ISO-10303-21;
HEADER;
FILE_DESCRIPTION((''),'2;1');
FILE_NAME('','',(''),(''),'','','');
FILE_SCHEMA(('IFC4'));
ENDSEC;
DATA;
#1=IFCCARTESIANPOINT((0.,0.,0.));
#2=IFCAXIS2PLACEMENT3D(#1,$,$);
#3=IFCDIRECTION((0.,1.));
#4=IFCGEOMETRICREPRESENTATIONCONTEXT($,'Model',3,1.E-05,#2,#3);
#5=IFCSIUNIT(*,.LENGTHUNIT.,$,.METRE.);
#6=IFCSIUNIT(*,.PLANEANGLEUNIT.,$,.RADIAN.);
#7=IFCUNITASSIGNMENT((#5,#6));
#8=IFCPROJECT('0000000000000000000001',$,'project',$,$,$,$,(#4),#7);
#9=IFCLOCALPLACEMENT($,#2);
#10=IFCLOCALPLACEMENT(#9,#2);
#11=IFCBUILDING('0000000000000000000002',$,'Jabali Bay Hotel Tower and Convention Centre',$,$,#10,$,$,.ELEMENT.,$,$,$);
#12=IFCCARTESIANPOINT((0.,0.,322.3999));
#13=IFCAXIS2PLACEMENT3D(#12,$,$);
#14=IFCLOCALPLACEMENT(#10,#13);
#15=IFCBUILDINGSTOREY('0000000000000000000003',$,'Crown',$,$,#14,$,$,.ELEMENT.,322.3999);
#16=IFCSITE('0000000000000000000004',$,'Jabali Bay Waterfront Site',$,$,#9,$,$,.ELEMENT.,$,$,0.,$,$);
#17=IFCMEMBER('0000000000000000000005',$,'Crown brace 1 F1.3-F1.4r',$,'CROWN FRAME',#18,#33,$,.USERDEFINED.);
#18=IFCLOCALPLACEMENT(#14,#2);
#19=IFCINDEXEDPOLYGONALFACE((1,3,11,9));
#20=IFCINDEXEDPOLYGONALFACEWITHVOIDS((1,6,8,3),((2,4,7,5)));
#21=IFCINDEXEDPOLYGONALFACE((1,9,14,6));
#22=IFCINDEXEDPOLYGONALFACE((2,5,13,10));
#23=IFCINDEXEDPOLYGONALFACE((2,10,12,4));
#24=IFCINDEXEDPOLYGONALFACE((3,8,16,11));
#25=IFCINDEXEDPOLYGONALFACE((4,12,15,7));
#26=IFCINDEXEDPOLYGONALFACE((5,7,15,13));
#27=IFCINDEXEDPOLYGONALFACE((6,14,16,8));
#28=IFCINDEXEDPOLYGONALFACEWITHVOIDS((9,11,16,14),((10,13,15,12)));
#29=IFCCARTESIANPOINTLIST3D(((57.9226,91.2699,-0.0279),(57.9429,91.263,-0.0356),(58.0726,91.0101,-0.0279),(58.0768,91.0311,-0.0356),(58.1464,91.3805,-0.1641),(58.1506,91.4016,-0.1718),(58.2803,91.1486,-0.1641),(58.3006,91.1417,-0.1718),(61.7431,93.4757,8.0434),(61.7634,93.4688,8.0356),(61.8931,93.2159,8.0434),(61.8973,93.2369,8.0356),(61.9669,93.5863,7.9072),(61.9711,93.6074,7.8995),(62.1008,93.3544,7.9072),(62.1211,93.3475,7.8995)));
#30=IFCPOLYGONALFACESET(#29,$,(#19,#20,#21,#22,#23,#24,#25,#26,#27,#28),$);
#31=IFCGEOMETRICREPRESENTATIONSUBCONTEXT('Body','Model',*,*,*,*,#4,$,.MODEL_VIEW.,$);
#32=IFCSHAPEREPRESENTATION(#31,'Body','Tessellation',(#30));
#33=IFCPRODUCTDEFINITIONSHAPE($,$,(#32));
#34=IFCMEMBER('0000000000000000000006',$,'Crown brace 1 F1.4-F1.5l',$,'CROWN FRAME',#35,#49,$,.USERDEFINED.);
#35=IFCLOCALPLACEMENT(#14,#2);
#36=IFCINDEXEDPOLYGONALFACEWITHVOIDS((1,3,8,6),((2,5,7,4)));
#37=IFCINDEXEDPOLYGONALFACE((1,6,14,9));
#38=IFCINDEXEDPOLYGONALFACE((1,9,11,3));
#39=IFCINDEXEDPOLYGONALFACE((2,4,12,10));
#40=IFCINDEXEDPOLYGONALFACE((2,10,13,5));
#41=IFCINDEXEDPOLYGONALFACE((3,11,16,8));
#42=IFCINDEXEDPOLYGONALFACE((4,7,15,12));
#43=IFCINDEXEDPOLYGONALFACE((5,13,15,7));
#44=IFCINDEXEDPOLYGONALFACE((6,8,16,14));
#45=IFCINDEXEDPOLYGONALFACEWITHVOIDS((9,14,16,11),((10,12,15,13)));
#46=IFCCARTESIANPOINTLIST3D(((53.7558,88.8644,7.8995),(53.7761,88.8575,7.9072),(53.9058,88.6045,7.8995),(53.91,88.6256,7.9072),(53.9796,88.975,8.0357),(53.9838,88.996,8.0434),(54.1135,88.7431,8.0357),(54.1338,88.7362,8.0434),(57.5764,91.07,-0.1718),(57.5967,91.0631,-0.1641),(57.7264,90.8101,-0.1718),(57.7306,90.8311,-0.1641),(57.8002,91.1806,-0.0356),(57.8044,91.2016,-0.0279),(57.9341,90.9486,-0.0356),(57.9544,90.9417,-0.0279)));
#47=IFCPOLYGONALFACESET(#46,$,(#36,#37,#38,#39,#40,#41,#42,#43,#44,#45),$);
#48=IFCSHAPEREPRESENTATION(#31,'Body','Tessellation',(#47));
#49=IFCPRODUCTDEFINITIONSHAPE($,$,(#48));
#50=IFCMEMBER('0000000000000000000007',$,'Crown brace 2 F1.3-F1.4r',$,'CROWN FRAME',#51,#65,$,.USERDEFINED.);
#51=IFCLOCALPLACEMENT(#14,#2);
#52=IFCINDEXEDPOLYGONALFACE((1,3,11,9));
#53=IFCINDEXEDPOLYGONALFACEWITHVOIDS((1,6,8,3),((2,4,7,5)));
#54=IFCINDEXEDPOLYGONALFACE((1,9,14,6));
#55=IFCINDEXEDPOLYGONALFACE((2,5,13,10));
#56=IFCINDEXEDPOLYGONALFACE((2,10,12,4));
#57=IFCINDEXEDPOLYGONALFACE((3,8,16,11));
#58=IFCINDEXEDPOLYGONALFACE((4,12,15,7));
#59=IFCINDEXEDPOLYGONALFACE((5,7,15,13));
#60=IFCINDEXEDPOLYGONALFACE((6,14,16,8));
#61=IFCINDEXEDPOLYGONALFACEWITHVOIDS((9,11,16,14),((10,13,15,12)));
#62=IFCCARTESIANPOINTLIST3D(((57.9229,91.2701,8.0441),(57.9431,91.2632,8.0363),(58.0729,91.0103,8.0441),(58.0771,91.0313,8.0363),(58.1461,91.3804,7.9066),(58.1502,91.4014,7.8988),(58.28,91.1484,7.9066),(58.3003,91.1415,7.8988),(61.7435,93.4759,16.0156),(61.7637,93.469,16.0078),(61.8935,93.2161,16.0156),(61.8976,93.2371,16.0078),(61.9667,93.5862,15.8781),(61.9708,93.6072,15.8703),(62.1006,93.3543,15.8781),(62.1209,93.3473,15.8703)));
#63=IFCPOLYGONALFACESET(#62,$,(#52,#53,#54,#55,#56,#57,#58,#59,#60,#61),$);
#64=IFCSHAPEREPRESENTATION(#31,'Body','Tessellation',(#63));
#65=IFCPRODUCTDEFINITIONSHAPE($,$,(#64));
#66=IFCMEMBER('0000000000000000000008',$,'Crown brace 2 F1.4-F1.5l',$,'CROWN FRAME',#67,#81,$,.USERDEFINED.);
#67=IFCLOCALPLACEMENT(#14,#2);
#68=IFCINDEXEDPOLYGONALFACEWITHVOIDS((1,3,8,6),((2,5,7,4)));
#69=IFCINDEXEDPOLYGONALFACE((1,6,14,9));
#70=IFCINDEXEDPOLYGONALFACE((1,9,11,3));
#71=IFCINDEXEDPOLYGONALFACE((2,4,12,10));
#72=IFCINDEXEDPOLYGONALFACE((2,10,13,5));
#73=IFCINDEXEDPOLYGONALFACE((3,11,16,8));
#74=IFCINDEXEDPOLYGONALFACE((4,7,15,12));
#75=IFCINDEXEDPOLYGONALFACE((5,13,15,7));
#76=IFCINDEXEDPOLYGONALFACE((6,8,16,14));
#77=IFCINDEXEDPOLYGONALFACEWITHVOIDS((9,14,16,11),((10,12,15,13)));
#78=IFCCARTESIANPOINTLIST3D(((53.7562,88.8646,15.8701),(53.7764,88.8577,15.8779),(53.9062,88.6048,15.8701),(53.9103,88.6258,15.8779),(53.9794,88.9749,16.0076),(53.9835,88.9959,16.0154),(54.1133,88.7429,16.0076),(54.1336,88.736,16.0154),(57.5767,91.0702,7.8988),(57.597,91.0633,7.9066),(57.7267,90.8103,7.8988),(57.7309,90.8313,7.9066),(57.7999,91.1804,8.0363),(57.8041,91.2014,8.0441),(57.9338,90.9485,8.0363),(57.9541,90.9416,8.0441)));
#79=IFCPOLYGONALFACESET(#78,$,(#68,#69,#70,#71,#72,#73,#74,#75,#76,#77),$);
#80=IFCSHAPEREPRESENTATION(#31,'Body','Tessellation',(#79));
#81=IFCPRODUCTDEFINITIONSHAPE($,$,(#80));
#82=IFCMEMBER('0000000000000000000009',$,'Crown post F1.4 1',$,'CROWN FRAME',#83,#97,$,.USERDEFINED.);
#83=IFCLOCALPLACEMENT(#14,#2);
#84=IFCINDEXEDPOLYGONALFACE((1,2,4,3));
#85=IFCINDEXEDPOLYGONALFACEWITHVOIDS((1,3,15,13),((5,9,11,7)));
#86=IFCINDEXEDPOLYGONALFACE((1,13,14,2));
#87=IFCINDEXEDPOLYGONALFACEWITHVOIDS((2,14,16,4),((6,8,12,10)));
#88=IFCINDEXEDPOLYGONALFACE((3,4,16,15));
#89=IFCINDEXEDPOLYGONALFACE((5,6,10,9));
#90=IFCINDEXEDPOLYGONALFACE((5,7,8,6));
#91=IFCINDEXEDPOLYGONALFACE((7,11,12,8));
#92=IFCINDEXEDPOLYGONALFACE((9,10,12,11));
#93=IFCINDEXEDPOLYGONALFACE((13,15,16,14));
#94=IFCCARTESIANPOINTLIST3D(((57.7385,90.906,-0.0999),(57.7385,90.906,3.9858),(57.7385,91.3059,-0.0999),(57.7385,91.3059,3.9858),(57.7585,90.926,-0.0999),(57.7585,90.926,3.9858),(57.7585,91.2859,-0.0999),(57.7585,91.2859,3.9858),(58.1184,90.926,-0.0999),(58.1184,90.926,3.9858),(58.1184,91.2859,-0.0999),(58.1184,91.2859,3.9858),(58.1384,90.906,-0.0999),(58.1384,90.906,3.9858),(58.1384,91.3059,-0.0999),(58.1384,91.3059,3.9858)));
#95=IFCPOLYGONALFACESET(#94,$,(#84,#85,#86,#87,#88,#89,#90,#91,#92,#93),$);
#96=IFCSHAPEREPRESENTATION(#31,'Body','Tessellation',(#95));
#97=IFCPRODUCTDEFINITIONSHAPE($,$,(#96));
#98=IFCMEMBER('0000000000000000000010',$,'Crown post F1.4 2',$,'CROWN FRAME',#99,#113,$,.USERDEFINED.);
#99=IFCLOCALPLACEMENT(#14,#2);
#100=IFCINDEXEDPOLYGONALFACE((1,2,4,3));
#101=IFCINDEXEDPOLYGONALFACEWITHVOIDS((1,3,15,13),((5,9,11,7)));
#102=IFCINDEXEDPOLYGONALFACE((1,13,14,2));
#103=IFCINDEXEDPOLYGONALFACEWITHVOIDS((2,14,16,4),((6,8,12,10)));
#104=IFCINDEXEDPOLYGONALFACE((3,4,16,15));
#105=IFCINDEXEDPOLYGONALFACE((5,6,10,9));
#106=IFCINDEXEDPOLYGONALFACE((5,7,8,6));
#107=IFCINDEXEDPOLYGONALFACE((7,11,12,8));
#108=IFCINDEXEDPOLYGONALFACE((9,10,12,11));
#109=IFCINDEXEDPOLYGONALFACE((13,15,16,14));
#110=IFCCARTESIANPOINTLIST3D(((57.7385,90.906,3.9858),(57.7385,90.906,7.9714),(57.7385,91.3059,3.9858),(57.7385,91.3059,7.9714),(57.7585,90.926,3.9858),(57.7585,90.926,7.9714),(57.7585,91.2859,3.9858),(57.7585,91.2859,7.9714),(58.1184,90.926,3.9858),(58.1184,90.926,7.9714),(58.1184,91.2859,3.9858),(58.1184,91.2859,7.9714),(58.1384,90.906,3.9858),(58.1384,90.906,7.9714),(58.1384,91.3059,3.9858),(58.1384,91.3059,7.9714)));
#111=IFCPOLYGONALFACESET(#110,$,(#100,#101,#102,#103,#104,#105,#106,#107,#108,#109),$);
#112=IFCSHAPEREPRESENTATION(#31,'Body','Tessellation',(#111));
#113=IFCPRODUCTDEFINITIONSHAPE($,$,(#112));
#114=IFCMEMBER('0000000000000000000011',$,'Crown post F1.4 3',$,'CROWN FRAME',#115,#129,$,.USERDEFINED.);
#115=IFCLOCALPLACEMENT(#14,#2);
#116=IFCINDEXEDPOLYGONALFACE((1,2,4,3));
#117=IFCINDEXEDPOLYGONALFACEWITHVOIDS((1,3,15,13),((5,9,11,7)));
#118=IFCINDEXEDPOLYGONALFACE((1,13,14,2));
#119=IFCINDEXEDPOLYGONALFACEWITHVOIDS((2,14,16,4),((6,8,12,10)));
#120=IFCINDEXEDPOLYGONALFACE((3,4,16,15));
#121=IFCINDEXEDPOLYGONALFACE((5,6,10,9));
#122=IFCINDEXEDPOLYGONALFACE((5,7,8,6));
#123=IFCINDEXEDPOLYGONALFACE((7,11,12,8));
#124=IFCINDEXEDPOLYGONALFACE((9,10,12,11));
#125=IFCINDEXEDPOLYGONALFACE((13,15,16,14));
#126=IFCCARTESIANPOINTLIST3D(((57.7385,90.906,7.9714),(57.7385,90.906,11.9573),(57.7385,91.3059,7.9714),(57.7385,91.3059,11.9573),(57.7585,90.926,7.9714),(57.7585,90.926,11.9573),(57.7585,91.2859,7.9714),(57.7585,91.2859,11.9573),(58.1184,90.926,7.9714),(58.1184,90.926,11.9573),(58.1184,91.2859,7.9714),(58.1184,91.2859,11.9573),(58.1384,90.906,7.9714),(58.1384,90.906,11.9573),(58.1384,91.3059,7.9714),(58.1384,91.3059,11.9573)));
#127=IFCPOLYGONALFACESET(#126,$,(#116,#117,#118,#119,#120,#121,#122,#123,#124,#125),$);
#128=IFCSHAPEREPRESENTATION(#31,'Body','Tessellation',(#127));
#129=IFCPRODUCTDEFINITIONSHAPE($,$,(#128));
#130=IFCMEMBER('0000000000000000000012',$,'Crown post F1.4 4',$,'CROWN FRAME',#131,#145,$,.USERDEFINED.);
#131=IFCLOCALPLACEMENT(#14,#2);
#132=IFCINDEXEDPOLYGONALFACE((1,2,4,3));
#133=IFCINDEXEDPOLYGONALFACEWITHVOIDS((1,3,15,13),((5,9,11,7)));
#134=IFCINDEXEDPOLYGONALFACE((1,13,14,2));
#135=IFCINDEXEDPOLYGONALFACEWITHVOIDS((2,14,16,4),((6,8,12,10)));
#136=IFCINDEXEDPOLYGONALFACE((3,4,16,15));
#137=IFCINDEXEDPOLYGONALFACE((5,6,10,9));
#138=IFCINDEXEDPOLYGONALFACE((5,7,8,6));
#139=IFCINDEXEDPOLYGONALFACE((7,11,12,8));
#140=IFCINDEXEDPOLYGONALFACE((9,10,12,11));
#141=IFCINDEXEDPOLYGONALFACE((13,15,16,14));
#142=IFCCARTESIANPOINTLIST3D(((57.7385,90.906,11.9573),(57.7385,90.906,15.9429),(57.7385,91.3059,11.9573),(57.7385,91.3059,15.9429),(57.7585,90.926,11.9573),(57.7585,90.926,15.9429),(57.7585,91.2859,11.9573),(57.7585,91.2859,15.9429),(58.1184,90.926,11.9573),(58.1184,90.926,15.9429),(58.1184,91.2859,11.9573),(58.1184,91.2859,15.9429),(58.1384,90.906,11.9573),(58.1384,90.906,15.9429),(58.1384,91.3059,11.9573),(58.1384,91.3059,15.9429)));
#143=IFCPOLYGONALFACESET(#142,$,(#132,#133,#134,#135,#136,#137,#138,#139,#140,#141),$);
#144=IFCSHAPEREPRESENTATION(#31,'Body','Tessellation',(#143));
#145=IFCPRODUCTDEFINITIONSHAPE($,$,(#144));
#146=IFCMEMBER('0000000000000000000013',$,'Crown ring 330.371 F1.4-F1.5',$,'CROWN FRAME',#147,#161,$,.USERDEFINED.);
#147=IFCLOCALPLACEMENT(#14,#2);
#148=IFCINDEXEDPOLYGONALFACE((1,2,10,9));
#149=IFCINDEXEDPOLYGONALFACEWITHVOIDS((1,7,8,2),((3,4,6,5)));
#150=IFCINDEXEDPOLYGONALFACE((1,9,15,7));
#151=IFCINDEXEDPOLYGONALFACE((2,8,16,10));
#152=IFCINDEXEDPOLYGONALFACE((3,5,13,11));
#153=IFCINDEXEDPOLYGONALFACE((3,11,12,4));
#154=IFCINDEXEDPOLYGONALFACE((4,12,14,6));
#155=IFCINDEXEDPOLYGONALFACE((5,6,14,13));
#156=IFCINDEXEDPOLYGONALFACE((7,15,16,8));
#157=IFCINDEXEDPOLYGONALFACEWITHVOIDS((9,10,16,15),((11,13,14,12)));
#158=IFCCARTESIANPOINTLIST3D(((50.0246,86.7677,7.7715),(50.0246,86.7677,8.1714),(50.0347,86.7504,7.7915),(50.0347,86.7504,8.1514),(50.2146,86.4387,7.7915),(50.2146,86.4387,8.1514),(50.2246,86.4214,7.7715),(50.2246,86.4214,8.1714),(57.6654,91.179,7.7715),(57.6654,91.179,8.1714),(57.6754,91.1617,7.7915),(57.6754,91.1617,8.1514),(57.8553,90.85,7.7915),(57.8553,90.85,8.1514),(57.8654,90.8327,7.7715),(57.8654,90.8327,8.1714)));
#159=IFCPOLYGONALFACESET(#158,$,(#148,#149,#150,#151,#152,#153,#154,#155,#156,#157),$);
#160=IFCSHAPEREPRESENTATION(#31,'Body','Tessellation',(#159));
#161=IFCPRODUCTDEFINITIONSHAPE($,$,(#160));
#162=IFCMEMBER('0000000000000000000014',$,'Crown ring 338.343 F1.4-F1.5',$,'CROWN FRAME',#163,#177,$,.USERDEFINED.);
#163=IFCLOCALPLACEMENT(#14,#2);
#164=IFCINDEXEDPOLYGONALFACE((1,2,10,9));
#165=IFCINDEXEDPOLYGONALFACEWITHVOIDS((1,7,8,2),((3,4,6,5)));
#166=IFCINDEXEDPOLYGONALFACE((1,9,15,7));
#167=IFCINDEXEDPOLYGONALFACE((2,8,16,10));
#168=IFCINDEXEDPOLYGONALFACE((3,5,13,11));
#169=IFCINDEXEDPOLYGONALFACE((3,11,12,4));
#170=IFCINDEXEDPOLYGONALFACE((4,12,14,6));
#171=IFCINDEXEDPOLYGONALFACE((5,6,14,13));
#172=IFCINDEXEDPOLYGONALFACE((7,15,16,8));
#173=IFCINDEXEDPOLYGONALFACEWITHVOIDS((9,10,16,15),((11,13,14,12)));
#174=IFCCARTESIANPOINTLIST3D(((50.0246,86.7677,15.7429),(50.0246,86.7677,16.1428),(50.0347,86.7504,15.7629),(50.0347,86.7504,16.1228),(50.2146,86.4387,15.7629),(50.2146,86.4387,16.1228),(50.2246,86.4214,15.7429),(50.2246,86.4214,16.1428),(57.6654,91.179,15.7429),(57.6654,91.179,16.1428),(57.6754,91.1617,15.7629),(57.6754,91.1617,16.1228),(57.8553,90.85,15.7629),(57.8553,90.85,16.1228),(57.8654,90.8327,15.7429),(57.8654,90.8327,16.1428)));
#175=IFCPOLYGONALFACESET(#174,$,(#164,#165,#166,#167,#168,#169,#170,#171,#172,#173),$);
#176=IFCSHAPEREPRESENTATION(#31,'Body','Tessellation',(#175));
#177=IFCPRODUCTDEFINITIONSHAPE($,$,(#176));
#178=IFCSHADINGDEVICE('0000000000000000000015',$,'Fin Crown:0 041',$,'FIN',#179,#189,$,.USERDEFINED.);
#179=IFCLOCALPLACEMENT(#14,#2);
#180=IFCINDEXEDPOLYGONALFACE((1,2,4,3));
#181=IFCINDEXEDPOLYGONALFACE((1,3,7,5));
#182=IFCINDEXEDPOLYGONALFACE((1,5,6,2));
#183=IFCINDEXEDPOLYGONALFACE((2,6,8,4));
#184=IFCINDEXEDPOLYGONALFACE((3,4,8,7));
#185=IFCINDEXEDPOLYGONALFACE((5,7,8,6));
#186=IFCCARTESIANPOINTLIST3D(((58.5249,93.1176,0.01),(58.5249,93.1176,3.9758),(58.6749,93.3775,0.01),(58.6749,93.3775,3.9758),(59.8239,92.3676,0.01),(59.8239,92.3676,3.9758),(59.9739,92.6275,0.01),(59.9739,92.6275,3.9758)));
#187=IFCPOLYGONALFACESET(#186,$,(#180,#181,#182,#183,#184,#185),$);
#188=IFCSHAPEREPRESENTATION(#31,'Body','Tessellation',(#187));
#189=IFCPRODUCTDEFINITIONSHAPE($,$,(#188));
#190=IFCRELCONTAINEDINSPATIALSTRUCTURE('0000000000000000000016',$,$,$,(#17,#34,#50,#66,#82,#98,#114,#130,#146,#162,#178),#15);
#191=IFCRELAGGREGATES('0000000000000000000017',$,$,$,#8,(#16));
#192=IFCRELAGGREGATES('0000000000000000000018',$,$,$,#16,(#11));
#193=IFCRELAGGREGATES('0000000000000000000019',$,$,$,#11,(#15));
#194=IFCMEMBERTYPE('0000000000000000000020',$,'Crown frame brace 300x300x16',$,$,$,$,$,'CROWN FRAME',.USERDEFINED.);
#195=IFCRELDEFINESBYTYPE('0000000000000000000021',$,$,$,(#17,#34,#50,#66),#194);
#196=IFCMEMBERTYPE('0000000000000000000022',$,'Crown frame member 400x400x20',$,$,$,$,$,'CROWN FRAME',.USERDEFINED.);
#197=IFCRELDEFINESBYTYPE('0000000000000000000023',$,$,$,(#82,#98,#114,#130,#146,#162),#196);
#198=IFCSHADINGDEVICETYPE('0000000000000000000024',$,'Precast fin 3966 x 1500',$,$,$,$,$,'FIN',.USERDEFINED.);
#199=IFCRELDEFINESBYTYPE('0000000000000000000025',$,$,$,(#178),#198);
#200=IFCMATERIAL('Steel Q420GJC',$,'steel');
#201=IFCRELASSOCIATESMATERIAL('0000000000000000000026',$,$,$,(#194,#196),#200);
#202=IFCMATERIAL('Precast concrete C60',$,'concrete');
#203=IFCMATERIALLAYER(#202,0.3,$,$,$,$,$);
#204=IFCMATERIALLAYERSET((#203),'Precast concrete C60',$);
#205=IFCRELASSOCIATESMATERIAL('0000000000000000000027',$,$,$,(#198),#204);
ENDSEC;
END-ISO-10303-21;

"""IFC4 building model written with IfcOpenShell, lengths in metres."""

from ifc_helpers import new_model, si_unit, direction, frame, frame_2d, origin, origin_2d, place, context, subcontext, project, spatial, rectangle, hollow_rectangle, extrude, material, layer, layer_set, material_profile, profile_set, type_object, element, save


model = new_model("IFC4")

# Units and contexts
model_context = context("Model", 3, precision=1e-05, world=origin(), true_north=direction((0.0, 1.0)))
body_context = subcontext(model_context, "Body", "Model", "MODEL_VIEW")
ifc_project = project(units=[si_unit("LENGTHUNIT", "METRE"), si_unit("PLANEANGLEUNIT", "RADIAN")], contexts=[model_context])

# Site, building, storey
site_placement = place(None, origin())
site = spatial("IfcSite", under=ifc_project, at=site_placement, Name="Jabali Bay Waterfront Site", CompositionType="ELEMENT", RefElevation=0.0)
building_placement = place(site_placement, origin())
building = spatial("IfcBuilding", under=site, at=building_placement, Name="Jabali Bay Hotel Tower and Convention Centre", CompositionType="ELEMENT")
storey_placement = place(building_placement, frame((0.0, 0.0, 322.3999)))
storey = spatial("IfcBuildingStorey", under=building, at=storey_placement, Name="Crown", CompositionType="ELEMENT", Elevation=322.3999)

# Members
ifc_material_1 = material(Name="Steel Q420GJC", Category="steel")
ifc_material_profile_1 = material_profile(ifc_material_1, hollow_rectangle(XDim=0.3, YDim=0.3, WallThickness=0.0161, at=origin_2d()), Name="Crown frame brace 300x300x16")
ifc_profile_set_1 = profile_set([ifc_material_profile_1], Name="Steel Q420GJC")
member_type_1 = type_object("IfcMemberType", Name="Crown frame brace 300x300x16", ElementType="CROWN FRAME", PredefinedType="USERDEFINED", material=ifc_profile_set_1)
for number, where, z_axis, x_axis, name in (
    (1, (58.1116, 91.2058, -0.0999), (0.415357, 0.239807, 0.87748), (-0.500002, 0.866024, 0.0), "Crown brace 1 F1.3-F1.4r"),
    (2, (57.7654, 91.0059, -0.0999), (-0.415359, -0.239782, 0.877486), (0.49996, -0.866048, 0.0), "Crown brace 1 F1.4-F1.5l"),
):
    element("IfcMember", number, at=place(storey_placement, frame(where, z_axis=z_axis, x_axis=x_axis)), inside=storey, type_object=member_type_1, Name=name, ObjectType="CROWN FRAME", PredefinedType="USERDEFINED", context=body_context, shape_type="SweptSolid", body=[
        extrude(hollow_rectangle(XDim=0.3, YDim=0.3, WallThickness=0.0161, at=origin_2d()), origin(), (0.0, 0.0, 1.0), 9.1982),
    ])
member_1_placement = place(storey_placement, frame((58.1116, 91.2058, 7.9714), z_axis=(0.419345, 0.24211, 0.874947), x_axis=(-0.500002, 0.866024, 0.0)))
element("IfcMember", 3, at=member_1_placement, inside=storey, type_object=member_type_1, Name="Crown brace 2 F1.3-F1.4r", ObjectType="CROWN FRAME", PredefinedType="USERDEFINED", context=body_context, shape_type="SweptSolid", body=[
    extrude(hollow_rectangle(XDim=0.3, YDim=0.3, WallThickness=0.0161, at=origin_2d()), origin(), (0.0, 0.0, 1.0), 9.1108),
])
member_2_placement = place(storey_placement, frame((57.7654, 91.0059, 7.9714), z_axis=(-0.419348, -0.242085, 0.874953), x_axis=(0.49996, -0.866048, 0.0)))
element("IfcMember", 4, at=member_2_placement, inside=storey, type_object=member_type_1, Name="Crown brace 2 F1.4-F1.5l", ObjectType="CROWN FRAME", PredefinedType="USERDEFINED", context=body_context, shape_type="SweptSolid", body=[
    extrude(hollow_rectangle(XDim=0.3, YDim=0.3, WallThickness=0.0161, at=origin_2d()), origin(), (0.0, 0.0, 1.0), 9.1106),
])
ifc_material_profile_2 = material_profile(ifc_material_1, hollow_rectangle(XDim=0.3999, YDim=0.3999, WallThickness=0.02, at=origin_2d()), Name="Crown frame member 400x400x20")
ifc_profile_set_2 = profile_set([ifc_material_profile_2], Name="Steel Q420GJC")
member_type_2 = type_object("IfcMemberType", Name="Crown frame member 400x400x20", ElementType="CROWN FRAME", PredefinedType="USERDEFINED", material=ifc_profile_set_2)
member_3_placement = place(storey_placement, frame((57.9385, 91.106, -0.0999), z_axis=(0.0, 0.0, 1.0), x_axis=(1.0, 0.0, 0.0)))
element("IfcMember", 5, at=member_3_placement, inside=storey, type_object=member_type_2, Name="Crown post F1.4 1", ObjectType="CROWN FRAME", PredefinedType="USERDEFINED", context=body_context, shape_type="SweptSolid", body=[
    extrude(hollow_rectangle(XDim=0.3999, YDim=0.3999, WallThickness=0.02, at=origin_2d()), origin(), (0.0, 0.0, 1.0), 4.0857),
])
member_4_placement = place(storey_placement, frame((57.9385, 91.106, 3.9858), z_axis=(0.0, 0.0, 1.0), x_axis=(1.0, 0.0, 0.0)))
element("IfcMember", 6, at=member_4_placement, inside=storey, type_object=member_type_2, Name="Crown post F1.4 2", ObjectType="CROWN FRAME", PredefinedType="USERDEFINED", context=body_context, shape_type="SweptSolid", body=[
    extrude(hollow_rectangle(XDim=0.3999, YDim=0.3999, WallThickness=0.02, at=origin_2d()), origin(), (0.0, 0.0, 1.0), 3.9856),
])
member_5_placement = place(storey_placement, frame((57.9385, 91.106, 7.9714), z_axis=(0.0, 0.0, 1.0), x_axis=(1.0, 0.0, 0.0)))
element("IfcMember", 7, at=member_5_placement, inside=storey, type_object=member_type_2, Name="Crown post F1.4 3", ObjectType="CROWN FRAME", PredefinedType="USERDEFINED", context=body_context, shape_type="SweptSolid", body=[
    extrude(hollow_rectangle(XDim=0.3999, YDim=0.3999, WallThickness=0.02, at=origin_2d()), origin(), (0.0, 0.0, 1.0), 3.9858),
])
member_6_placement = place(storey_placement, frame((57.9385, 91.106, 11.9573), z_axis=(0.0, 0.0, 1.0), x_axis=(1.0, 0.0, 0.0)))
element("IfcMember", 8, at=member_6_placement, inside=storey, type_object=member_type_2, Name="Crown post F1.4 4", ObjectType="CROWN FRAME", PredefinedType="USERDEFINED", context=body_context, shape_type="SweptSolid", body=[
    extrude(hollow_rectangle(XDim=0.3999, YDim=0.3999, WallThickness=0.02, at=origin_2d()), origin(), (0.0, 0.0, 1.0), 3.9856),
])
for number, where, z_axis, x_axis, name in (
    (9, (57.7654, 91.0059, 7.9714), (-0.866029, -0.499993, 0.0), (0.499993, -0.866029, 0.0), "Crown ring 330.371 F1.4-F1.5"),
    (10, (57.7654, 91.0059, 15.9429), (-0.866029, -0.499993, 0.0), (0.499993, -0.866029, 0.0), "Crown ring 338.343 F1.4-F1.5"),
):
    element("IfcMember", number, at=place(storey_placement, frame(where, z_axis=z_axis, x_axis=x_axis)), inside=storey, type_object=member_type_2, Name=name, ObjectType="CROWN FRAME", PredefinedType="USERDEFINED", context=body_context, shape_type="SweptSolid", body=[
        extrude(hollow_rectangle(XDim=0.3999, YDim=0.3999, WallThickness=0.02, at=origin_2d()), origin(), (0.0, 0.0, 1.0), 8.8228),
    ])

# Shading device
ifc_material_2 = material(Name="Precast concrete C60", Category="concrete")
ifc_layer = layer(ifc_material_2, 0.3)
ifc_layer_set = layer_set([ifc_layer], Name="Precast concrete C60")
shading_device_type = type_object("IfcShadingDeviceType", Name="Precast fin 3966 x 1500", ElementType="FIN", PredefinedType="USERDEFINED", material=ifc_layer_set)
for number, where, z_axis, x_axis, name in (
    (11, (59.8989, 92.4976, 0.01), (0.0, 0.0, 1.0), (-0.866031, 0.49999, 0.0), "Fin Crown:0 041"),
):
    element("IfcShadingDevice", number, at=place(storey_placement, frame(where, z_axis=z_axis, x_axis=x_axis)), inside=storey, type_object=shading_device_type, Name=name, ObjectType="FIN", PredefinedType="USERDEFINED", context=body_context, shape_type="SweptSolid", body=[
        extrude(rectangle(XDim=1.5, YDim=0.3, at=frame_2d((0.75, 0.0))), origin(), (0.0, 0.0, 1.0), 3.9658),
    ])

save(model, "model.ifc")
